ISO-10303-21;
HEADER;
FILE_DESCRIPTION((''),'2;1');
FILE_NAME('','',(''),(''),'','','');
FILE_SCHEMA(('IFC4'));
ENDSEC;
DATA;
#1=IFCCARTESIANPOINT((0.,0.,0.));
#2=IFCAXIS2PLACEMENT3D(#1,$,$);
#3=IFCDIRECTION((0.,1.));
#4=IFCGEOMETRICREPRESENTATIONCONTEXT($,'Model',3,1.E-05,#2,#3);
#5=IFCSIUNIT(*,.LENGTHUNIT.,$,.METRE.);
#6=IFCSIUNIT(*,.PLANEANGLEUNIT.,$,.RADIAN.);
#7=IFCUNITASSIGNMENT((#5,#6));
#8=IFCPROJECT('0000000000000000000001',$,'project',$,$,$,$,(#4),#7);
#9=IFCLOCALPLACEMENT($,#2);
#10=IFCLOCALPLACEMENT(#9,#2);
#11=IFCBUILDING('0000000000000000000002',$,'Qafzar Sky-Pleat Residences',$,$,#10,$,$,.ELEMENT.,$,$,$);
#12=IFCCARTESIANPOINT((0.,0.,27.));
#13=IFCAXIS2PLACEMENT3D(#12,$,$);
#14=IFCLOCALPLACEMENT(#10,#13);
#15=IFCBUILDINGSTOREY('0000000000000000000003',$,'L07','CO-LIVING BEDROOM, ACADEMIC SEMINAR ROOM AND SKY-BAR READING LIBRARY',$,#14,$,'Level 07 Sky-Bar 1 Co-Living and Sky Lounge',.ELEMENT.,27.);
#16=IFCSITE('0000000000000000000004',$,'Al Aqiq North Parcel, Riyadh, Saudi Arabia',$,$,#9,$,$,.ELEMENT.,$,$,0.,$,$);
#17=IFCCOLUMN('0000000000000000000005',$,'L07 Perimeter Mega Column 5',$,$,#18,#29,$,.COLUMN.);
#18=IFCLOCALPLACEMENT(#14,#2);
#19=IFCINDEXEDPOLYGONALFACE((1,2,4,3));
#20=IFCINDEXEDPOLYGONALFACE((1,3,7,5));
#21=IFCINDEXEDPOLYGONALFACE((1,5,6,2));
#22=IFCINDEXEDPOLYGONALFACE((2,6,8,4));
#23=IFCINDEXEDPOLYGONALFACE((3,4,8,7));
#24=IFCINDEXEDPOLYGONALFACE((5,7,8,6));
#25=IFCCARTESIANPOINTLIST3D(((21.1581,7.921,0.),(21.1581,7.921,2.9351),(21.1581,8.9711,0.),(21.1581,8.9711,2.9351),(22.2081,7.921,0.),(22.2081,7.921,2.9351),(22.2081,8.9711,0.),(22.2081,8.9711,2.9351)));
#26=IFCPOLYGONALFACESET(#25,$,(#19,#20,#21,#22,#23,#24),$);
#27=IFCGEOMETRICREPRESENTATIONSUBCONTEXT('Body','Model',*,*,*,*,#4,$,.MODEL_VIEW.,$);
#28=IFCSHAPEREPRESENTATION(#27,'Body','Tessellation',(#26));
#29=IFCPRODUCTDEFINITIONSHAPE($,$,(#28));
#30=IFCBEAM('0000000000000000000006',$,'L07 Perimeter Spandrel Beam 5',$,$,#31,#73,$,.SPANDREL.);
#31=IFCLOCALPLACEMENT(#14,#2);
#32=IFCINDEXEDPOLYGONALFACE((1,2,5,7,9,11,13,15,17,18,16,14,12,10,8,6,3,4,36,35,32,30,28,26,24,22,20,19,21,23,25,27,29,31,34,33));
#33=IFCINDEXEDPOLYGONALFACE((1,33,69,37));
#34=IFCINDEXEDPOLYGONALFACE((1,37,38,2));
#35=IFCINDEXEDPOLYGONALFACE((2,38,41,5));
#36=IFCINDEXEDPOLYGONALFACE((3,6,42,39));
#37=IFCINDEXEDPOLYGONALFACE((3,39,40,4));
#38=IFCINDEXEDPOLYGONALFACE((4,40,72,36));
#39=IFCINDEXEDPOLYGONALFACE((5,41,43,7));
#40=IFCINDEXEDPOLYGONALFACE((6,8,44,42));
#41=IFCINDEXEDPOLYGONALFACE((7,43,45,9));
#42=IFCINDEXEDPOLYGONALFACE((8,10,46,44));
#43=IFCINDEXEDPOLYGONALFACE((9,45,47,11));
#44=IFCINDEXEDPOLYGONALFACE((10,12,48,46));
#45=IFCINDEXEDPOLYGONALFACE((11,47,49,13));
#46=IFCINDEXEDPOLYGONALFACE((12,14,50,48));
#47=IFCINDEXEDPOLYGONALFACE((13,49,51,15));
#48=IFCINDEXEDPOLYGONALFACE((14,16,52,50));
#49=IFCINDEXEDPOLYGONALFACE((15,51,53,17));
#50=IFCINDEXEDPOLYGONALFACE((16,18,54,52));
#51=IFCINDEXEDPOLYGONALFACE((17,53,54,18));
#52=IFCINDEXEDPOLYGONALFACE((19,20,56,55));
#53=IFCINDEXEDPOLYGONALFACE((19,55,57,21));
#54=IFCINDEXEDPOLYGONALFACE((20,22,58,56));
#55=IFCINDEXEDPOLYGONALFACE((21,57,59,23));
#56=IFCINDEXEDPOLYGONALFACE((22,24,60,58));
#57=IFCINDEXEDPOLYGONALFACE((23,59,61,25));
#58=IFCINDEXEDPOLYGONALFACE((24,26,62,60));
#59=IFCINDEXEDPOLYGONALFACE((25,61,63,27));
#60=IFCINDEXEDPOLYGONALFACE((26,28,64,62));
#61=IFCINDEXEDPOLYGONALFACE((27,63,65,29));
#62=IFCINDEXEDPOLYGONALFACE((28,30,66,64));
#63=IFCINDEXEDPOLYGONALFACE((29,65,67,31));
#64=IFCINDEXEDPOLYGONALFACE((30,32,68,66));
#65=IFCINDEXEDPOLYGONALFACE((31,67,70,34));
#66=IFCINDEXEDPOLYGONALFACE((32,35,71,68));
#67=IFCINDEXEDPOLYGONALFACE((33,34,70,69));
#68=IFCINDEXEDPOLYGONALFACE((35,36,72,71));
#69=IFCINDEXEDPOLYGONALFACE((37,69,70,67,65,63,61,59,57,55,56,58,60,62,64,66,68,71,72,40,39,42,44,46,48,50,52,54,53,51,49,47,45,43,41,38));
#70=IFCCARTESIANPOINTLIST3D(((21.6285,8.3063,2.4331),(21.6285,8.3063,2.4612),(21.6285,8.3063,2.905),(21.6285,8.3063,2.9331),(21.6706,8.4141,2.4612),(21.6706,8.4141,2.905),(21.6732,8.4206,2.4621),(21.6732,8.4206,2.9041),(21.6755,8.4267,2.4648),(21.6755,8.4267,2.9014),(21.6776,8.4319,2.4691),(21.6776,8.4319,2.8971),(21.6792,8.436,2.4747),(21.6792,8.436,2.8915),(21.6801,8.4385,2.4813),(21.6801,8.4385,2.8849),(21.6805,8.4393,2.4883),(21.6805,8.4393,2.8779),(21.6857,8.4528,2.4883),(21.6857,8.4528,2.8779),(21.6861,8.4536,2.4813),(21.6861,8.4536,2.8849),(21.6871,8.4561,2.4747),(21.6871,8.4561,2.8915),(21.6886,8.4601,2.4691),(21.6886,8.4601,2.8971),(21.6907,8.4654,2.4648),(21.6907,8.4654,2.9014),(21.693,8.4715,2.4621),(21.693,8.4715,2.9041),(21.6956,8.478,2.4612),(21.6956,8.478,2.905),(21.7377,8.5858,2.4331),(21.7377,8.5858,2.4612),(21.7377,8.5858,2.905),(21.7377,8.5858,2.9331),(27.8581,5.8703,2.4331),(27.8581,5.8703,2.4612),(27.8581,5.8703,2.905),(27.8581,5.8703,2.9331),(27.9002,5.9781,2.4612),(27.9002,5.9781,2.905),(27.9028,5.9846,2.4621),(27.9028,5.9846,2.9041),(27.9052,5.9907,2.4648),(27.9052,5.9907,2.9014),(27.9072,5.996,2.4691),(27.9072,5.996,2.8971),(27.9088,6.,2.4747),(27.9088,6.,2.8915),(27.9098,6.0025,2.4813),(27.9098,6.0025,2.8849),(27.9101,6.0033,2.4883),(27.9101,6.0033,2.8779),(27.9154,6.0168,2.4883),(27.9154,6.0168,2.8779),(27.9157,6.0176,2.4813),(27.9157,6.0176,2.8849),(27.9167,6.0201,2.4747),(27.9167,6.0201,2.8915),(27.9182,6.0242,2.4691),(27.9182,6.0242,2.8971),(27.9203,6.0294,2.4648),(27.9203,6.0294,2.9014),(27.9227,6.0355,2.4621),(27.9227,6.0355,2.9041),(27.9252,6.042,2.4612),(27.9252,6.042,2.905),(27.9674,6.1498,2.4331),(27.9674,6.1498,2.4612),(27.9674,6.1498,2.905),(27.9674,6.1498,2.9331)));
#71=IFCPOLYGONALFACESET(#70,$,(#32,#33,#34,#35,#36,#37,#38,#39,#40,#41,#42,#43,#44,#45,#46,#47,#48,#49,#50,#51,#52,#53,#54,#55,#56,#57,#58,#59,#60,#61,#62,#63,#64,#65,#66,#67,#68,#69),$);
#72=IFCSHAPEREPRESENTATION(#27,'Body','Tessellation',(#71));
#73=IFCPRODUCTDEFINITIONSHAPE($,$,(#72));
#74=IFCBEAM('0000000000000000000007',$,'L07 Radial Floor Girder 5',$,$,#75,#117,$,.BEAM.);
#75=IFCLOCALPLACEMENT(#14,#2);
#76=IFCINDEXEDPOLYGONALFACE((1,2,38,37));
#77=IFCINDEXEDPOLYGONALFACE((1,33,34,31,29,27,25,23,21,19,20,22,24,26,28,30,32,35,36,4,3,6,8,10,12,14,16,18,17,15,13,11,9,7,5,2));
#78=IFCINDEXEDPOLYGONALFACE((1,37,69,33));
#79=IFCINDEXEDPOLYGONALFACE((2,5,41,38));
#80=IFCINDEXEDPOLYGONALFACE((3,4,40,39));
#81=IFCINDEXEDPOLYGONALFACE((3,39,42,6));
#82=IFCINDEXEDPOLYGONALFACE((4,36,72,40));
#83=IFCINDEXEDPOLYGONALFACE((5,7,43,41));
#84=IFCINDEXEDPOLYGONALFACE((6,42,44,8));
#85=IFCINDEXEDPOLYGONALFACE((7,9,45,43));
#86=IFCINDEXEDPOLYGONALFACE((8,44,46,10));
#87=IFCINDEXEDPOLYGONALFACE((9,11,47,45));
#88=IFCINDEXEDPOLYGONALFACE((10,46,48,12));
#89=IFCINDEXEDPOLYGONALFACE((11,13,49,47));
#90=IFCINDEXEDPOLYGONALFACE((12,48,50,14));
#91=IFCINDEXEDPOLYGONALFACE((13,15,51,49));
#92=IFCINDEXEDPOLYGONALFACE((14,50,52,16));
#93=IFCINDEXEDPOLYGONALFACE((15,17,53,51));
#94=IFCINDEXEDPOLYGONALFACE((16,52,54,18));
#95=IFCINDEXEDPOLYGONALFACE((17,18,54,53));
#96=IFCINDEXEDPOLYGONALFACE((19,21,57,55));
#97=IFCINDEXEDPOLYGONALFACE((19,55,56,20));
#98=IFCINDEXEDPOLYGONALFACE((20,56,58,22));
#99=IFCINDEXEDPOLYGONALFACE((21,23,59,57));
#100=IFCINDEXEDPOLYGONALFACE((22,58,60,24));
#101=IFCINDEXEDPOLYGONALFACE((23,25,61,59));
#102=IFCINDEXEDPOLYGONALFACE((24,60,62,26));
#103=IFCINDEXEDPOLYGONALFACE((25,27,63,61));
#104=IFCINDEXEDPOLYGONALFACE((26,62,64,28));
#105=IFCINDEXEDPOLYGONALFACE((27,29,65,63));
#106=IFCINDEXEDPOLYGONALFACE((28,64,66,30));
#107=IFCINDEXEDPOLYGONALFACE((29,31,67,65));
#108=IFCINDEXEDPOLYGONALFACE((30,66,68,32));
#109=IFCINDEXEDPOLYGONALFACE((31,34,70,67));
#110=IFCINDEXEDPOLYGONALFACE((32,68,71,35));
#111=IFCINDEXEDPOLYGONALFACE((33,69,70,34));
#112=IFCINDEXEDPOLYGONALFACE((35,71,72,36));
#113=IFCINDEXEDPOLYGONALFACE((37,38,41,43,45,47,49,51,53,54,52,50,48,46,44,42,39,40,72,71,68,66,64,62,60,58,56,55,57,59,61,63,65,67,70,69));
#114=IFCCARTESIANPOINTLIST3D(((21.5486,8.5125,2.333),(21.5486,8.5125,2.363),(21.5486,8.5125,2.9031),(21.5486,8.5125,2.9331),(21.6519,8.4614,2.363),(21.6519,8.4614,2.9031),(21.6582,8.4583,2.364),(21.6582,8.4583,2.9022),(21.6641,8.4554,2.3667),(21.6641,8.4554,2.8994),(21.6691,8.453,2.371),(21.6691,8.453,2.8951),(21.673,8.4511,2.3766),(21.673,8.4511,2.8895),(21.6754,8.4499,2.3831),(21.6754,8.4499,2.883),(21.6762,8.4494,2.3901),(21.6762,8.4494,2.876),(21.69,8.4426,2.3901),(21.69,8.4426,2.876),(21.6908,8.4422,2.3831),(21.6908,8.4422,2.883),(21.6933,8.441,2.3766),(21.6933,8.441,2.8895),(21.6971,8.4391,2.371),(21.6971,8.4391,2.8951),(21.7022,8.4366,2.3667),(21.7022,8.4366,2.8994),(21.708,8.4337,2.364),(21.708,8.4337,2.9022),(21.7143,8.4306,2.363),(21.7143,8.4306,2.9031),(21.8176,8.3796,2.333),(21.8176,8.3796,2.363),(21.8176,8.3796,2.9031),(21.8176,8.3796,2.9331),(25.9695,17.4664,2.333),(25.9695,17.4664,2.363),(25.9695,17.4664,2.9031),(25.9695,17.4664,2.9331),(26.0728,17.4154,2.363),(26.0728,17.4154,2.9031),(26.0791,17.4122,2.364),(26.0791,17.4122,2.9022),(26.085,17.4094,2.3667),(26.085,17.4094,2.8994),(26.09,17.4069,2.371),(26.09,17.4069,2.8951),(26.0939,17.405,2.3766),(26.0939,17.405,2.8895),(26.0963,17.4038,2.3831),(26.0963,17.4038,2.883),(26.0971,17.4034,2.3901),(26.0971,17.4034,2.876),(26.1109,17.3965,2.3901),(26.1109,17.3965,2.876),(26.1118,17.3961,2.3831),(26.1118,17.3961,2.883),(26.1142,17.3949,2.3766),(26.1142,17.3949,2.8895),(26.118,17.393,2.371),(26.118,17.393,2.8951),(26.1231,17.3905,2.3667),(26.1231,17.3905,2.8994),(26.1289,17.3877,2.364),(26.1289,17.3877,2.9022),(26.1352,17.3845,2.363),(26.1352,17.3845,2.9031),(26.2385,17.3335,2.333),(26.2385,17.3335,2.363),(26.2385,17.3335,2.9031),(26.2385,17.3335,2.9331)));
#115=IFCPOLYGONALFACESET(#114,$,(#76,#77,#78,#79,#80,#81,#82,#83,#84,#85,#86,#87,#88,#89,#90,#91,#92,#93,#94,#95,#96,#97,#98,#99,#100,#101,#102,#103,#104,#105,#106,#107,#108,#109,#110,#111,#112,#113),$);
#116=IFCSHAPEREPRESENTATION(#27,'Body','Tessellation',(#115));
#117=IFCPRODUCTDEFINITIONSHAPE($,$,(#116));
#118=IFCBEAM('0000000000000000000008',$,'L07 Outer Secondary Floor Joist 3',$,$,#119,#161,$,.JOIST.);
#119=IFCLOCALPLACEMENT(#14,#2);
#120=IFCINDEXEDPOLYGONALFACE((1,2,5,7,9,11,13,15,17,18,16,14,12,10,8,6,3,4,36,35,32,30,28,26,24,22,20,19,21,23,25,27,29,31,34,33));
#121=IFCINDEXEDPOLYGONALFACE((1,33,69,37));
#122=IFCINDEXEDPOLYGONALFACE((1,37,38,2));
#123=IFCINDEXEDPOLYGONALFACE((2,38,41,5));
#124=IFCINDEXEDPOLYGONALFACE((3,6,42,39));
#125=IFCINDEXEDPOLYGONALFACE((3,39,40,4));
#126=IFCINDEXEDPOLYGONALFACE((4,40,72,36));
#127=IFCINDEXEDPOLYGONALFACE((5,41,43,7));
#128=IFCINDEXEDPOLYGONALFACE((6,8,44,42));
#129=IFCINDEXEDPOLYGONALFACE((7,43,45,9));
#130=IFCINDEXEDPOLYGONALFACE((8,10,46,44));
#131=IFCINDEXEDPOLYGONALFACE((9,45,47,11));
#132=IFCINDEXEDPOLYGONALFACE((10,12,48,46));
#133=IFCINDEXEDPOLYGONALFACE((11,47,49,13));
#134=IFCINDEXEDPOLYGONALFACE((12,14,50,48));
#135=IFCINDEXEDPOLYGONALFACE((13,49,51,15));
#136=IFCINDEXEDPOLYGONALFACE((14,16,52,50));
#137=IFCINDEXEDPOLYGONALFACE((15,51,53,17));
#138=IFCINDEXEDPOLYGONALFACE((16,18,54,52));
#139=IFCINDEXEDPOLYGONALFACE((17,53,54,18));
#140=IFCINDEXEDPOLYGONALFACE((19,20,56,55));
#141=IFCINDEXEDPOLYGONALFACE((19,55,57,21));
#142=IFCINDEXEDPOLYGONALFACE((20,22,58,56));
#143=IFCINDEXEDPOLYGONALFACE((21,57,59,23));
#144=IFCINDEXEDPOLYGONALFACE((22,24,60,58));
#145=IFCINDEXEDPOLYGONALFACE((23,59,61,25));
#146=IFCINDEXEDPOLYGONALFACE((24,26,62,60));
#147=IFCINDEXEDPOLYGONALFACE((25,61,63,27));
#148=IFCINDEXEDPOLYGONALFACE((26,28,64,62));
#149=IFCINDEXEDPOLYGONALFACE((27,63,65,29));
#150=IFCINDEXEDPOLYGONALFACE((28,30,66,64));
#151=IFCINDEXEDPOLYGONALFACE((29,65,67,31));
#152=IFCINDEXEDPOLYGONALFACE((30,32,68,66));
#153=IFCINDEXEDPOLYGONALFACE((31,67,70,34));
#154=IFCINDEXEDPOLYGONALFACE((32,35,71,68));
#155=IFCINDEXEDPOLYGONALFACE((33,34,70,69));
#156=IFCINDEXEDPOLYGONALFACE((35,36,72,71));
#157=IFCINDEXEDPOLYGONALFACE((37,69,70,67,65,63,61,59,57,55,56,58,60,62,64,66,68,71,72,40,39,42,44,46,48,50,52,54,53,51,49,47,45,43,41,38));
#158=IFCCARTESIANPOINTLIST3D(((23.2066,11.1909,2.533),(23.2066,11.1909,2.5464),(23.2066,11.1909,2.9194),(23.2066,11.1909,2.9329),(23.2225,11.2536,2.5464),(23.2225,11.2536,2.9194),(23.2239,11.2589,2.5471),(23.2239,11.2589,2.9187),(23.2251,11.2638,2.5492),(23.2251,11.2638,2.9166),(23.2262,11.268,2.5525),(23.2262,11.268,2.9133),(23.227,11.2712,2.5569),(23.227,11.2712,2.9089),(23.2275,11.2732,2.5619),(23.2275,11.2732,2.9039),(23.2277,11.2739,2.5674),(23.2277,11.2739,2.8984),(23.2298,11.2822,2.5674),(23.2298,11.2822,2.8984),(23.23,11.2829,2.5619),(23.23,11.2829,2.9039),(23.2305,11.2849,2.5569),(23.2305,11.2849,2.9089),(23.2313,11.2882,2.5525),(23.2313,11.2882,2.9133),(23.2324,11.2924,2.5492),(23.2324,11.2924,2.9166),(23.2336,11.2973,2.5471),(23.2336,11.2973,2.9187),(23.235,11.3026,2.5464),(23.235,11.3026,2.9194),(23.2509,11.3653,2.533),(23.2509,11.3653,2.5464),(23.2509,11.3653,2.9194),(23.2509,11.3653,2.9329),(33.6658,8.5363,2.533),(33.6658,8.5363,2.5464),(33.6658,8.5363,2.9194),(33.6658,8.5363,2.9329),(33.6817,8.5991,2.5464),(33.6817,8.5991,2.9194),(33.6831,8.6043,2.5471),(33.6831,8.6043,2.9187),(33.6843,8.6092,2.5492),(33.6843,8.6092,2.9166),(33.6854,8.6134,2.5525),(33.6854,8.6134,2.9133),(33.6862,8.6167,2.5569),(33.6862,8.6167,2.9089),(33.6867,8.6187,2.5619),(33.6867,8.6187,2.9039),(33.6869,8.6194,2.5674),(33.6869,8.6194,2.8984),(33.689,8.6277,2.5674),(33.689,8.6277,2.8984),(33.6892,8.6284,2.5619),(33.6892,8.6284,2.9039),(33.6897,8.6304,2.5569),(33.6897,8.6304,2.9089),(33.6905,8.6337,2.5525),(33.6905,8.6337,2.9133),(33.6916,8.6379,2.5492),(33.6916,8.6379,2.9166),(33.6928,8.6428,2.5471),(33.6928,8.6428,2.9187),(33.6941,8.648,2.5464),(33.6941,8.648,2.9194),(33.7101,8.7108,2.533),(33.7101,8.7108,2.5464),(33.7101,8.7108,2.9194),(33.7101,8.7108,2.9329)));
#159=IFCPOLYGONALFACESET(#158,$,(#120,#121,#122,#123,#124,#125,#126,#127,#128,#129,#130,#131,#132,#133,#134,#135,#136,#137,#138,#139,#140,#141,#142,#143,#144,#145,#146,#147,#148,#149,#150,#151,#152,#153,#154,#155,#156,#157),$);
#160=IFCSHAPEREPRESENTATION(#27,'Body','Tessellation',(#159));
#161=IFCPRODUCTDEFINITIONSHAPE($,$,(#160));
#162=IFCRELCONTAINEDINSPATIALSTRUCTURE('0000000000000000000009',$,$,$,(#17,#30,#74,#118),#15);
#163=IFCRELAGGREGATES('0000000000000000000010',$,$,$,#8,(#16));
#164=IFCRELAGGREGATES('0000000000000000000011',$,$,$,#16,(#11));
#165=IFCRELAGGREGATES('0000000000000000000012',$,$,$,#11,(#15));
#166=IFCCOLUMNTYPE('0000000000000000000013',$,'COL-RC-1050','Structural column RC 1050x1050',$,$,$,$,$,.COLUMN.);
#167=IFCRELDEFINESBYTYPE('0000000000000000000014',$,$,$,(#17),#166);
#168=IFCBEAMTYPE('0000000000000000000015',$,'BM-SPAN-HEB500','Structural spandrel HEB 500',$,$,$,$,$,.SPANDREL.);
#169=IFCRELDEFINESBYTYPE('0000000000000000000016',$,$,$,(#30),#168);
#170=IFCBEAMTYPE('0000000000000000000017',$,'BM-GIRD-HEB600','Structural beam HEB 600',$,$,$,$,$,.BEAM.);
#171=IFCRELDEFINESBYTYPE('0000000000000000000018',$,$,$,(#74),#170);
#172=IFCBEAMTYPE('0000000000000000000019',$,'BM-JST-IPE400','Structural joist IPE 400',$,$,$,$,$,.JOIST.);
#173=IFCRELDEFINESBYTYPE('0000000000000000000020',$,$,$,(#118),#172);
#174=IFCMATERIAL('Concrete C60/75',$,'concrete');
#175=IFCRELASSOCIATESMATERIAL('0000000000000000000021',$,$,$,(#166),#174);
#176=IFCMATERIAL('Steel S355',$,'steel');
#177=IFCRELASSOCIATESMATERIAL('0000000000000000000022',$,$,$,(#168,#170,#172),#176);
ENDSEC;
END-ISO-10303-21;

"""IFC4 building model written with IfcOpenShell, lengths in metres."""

from ifc_helpers import new_model, si_unit, direction, frame, origin, origin_2d, place, context, subcontext, project, spatial, rectangle, i_section, extrude, source, transform, mapped, material, material_profile, profile_set, type_object, element, save


model = new_model("IFC4")

# Units and contexts
model_context = context("Model", 3, precision=1e-05, world=origin(), true_north=direction((0.0, 1.0)))
body_context = subcontext(model_context, "Body", "Model", "MODEL_VIEW")
ifc_project = project(units=[si_unit("LENGTHUNIT", "METRE"), si_unit("PLANEANGLEUNIT", "RADIAN")], contexts=[model_context])

# Site, building, storey
site_placement = place(None, origin())
site = spatial("IfcSite", under=ifc_project, at=site_placement, Name="Al Aqiq North Parcel, Riyadh, Saudi Arabia", CompositionType="ELEMENT", RefElevation=0.0)
building_placement = place(site_placement, origin())
building = spatial("IfcBuilding", under=site, at=building_placement, Name="Qafzar Sky-Pleat Residences", CompositionType="ELEMENT")
storey_placement = place(building_placement, frame((0.0, 0.0, 27.0)))
storey = spatial("IfcBuildingStorey", under=building, at=storey_placement, Name="L07", Description="CO-LIVING BEDROOM, ACADEMIC SEMINAR ROOM AND SKY-BAR READING LIBRARY", LongName="Level 07 Sky-Bar 1 Co-Living and Sky Lounge", CompositionType="ELEMENT", Elevation=27.0)

# Column
ifc_material_1 = material(Name="Concrete C60/75", Category="concrete")
ifc_material_profile_1 = material_profile(ifc_material_1, rectangle(XDim=1.05, YDim=1.05, at=origin_2d()), Name="RC 1050x1050")
ifc_profile_set_1 = profile_set([ifc_material_profile_1], Name="Concrete C60/75")
column_type = type_object("IfcColumnType", Name="COL-RC-1050", Description="Structural column RC 1050x1050", PredefinedType="COLUMN", material=ifc_profile_set_1)
shared_shape_1 = source(origin(), body_context, "Body", "SweptSolid", [
    extrude(rectangle(XDim=1.05, YDim=1.05, at=origin_2d()), origin(), (0.0, 0.0, 1.0), 2.9351),
])
column_placement = place(storey_placement, frame((21.6831, 8.446, 0.0), z_axis=(0.0, 0.0, 1.0), x_axis=(1.0, 0.0, 0.0)))
element("IfcColumn", 1, at=column_placement, inside=storey, type_object=column_type, Name="L07 Perimeter Mega Column 5", PredefinedType="COLUMN", context=body_context, shape_type="MappedRepresentation", body=[
    mapped(shared_shape_1, transform((0.0, 0.0, 0.0), x_axis=(1.0, 0.0, 0.0), y_axis=(0.0, 1.0, 0.0), z_axis=(0.0, 0.0, 1.0), scale=1.0)),
])

# Beams
ifc_material_2 = material(Name="Steel S355", Category="steel")
ifc_material_profile_2 = material_profile(ifc_material_2, i_section(OverallWidth=0.3, OverallDepth=0.5, WebThickness=0.0144, FlangeThickness=0.0281, FilletRadius=0.0271, at=origin_2d()), Name="HEB 500")
ifc_profile_set_2 = profile_set([ifc_material_profile_2], Name="Steel S355")
beam_type_1 = type_object("IfcBeamType", Name="BM-SPAN-HEB500", Description="Structural spandrel HEB 500", PredefinedType="SPANDREL", material=ifc_profile_set_2)
shared_shape_2 = source(origin(), body_context, "Body", "SweptSolid", [
    extrude(i_section(OverallWidth=0.3, OverallDepth=0.5, WebThickness=0.0144, FlangeThickness=0.0281, FilletRadius=0.0271, at=origin_2d()), origin(), (0.0, 0.0, 1.0), 6.689),
])
beam_1_placement = place(storey_placement, frame((21.6831, 8.446, 2.6831), z_axis=(0.931328, -0.364181, 0.0), x_axis=(0.364181, 0.931328, 0.0)))
element("IfcBeam", 2, at=beam_1_placement, inside=storey, type_object=beam_type_1, Name="L07 Perimeter Spandrel Beam 5", PredefinedType="SPANDREL", context=body_context, shape_type="MappedRepresentation", body=[
    mapped(shared_shape_2, transform((0.0, 0.0, 0.0), x_axis=(1.0, 0.0, 0.0), y_axis=(0.0, 1.0, 0.0), z_axis=(0.0, 0.0, 1.0), scale=1.0)),
])
ifc_material_profile_3 = material_profile(ifc_material_2, i_section(OverallWidth=0.3, OverallDepth=0.6001, WebThickness=0.0154, FlangeThickness=0.03, FilletRadius=0.0271, at=origin_2d()), Name="HEB 600")
ifc_profile_set_3 = profile_set([ifc_material_profile_3], Name="Steel S355")
beam_type_2 = type_object("IfcBeamType", Name="BM-GIRD-HEB600", Description="Structural beam HEB 600", PredefinedType="BEAM", material=ifc_profile_set_3)
shared_shape_3 = source(origin(), body_context, "Body", "SweptSolid", [
    extrude(i_section(OverallWidth=0.3, OverallDepth=0.6001, WebThickness=0.0154, FlangeThickness=0.03, FilletRadius=0.0271, at=origin_2d()), origin(), (0.0, 0.0, 1.0), 9.9858),
])
beam_2_placement = place(storey_placement, frame((21.6831, 8.446, 2.6331), z_axis=(0.442719, 0.89666, 0.0), x_axis=(-0.89666, 0.442719, 0.0)))
element("IfcBeam", 3, at=beam_2_placement, inside=storey, type_object=beam_type_2, Name="L07 Radial Floor Girder 5", PredefinedType="BEAM", context=body_context, shape_type="MappedRepresentation", body=[
    mapped(shared_shape_3, transform((0.0, 0.0, 0.0), x_axis=(1.0, 0.0, 0.0), y_axis=(0.0, 1.0, 0.0), z_axis=(0.0, 0.0, 1.0), scale=1.0)),
])
ifc_material_profile_4 = material_profile(ifc_material_2, i_section(OverallWidth=0.1799, OverallDepth=0.3999, WebThickness=0.0085, FlangeThickness=0.0134, FilletRadius=0.021, at=origin_2d()), Name="IPE 400")
ifc_profile_set_4 = profile_set([ifc_material_profile_4], Name="Steel S355")
beam_type_3 = type_object("IfcBeamType", Name="BM-JST-IPE400", Description="Structural joist IPE 400", PredefinedType="JOIST", material=ifc_profile_set_4)
shared_shape_4 = source(origin(), body_context, "Body", "SweptSolid", [
    extrude(i_section(OverallWidth=0.1799, OverallDepth=0.3999, WebThickness=0.0085, FlangeThickness=0.0134, FilletRadius=0.021, at=origin_2d()), origin(), (0.0, 0.0, 1.0), 10.7908),
])
beam_3_placement = place(storey_placement, frame((23.2288, 11.2781, 2.7329), z_axis=(0.96927, -0.246, 0.0), x_axis=(0.246, 0.96927, 0.0)))
element("IfcBeam", 4, at=beam_3_placement, inside=storey, type_object=beam_type_3, Name="L07 Outer Secondary Floor Joist 3", PredefinedType="JOIST", context=body_context, shape_type="MappedRepresentation", body=[
    mapped(shared_shape_4, transform((0.0, 0.0, 0.0), x_axis=(1.0, 0.0, 0.0), y_axis=(0.0, 1.0, 0.0), z_axis=(0.0, 0.0, 1.0), scale=1.0)),
])

save(model, "model.ifc")
